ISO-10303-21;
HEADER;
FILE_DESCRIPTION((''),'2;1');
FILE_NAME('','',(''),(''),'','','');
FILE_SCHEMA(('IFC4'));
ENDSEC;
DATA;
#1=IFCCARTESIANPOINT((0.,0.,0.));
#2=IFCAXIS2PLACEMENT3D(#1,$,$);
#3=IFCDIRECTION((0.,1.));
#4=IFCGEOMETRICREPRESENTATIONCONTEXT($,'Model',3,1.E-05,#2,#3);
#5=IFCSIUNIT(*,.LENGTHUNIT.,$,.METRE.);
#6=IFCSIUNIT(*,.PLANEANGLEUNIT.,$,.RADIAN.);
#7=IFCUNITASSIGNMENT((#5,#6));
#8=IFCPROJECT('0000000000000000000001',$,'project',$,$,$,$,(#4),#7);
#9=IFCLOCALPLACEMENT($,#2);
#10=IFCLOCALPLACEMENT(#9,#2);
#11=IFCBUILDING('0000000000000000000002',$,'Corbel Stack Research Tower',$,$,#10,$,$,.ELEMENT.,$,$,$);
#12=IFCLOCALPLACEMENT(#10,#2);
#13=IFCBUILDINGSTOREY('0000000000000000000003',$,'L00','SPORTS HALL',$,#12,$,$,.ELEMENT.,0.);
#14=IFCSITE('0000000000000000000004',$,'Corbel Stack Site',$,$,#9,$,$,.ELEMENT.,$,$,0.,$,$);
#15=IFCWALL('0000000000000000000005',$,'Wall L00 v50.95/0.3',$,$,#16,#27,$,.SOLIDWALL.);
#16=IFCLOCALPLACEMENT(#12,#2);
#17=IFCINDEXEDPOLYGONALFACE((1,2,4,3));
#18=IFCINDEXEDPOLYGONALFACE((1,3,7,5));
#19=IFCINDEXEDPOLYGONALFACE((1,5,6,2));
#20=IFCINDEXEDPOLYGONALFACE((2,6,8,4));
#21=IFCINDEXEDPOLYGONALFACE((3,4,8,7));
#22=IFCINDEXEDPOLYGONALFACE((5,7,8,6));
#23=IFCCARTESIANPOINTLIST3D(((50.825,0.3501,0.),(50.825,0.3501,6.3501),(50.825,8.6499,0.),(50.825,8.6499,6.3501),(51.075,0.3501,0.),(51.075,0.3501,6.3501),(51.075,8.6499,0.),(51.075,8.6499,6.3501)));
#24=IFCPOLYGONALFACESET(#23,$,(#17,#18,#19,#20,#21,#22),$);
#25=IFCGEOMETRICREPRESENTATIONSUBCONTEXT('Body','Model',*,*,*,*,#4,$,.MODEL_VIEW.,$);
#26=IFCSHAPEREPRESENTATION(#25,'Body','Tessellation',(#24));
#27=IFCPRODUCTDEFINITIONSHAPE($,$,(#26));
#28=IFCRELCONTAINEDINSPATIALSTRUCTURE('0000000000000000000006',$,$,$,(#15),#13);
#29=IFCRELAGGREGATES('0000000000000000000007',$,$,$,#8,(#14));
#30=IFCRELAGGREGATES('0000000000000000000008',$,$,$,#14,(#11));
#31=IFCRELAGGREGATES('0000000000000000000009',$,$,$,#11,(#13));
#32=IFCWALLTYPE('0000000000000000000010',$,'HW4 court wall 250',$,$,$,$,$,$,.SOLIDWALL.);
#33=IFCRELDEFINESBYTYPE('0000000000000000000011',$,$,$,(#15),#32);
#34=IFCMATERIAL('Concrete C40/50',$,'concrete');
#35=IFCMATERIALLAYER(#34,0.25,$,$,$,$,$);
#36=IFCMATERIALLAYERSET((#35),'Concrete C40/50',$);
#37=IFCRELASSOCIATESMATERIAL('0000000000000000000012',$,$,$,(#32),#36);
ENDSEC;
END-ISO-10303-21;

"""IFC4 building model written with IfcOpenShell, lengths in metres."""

from ifc_helpers import new_model, si_unit, direction, frame, frame_2d, origin, place, context, subcontext, project, spatial, rectangle, extrude, material, layer, layer_set, type_object, element, save


model = new_model("IFC4")

# Units and contexts
model_context = context("Model", 3, precision=1e-05, world=origin(), true_north=direction((0.0, 1.0)))
body_context = subcontext(model_context, "Body", "Model", "MODEL_VIEW")
ifc_project = project(units=[si_unit("LENGTHUNIT", "METRE"), si_unit("PLANEANGLEUNIT", "RADIAN")], contexts=[model_context])

# Site, building, storey
site_placement = place(None, origin())
site = spatial("IfcSite", under=ifc_project, at=site_placement, Name="Corbel Stack Site", CompositionType="ELEMENT", RefElevation=0.0)
building_placement = place(site_placement, origin())
building = spatial("IfcBuilding", under=site, at=building_placement, Name="Corbel Stack Research Tower", CompositionType="ELEMENT")
storey_placement = place(building_placement, origin())
storey = spatial("IfcBuildingStorey", under=building, at=storey_placement, Name="L00", Description="SPORTS HALL", CompositionType="ELEMENT", Elevation=0.0)

# Shared definitions
ifc_material_1 = material(Name="Concrete C40/50", Category="concrete")
ifc_layer_1 = layer(ifc_material_1, 0.25)
ifc_layer_set_1 = layer_set([ifc_layer_1], Name="Concrete C40/50")
wall_type_1 = type_object("IfcWallType", Name="HW4 court wall 250", PredefinedType="SOLIDWALL", material=ifc_layer_set_1)

# Wall
wall_1_placement = place(storey_placement, frame((50.95, 0.3501, 0.0), z_axis=(0.0, 0.0, 1.0), x_axis=(0.0, 1.0, 0.0)))
element("IfcWall", 1, at=wall_1_placement, inside=storey, type_object=wall_type_1, Name="Wall L00 v50.95/0.3", PredefinedType="SOLIDWALL", context=body_context, shape_type="SweptSolid", body=[
    extrude(rectangle(XDim=8.2998, YDim=0.25, at=frame_2d((4.1499, 0.0))), origin(), (0.0, 0.0, 1.0), 6.3501),
])

save(model, "model.ifc")
